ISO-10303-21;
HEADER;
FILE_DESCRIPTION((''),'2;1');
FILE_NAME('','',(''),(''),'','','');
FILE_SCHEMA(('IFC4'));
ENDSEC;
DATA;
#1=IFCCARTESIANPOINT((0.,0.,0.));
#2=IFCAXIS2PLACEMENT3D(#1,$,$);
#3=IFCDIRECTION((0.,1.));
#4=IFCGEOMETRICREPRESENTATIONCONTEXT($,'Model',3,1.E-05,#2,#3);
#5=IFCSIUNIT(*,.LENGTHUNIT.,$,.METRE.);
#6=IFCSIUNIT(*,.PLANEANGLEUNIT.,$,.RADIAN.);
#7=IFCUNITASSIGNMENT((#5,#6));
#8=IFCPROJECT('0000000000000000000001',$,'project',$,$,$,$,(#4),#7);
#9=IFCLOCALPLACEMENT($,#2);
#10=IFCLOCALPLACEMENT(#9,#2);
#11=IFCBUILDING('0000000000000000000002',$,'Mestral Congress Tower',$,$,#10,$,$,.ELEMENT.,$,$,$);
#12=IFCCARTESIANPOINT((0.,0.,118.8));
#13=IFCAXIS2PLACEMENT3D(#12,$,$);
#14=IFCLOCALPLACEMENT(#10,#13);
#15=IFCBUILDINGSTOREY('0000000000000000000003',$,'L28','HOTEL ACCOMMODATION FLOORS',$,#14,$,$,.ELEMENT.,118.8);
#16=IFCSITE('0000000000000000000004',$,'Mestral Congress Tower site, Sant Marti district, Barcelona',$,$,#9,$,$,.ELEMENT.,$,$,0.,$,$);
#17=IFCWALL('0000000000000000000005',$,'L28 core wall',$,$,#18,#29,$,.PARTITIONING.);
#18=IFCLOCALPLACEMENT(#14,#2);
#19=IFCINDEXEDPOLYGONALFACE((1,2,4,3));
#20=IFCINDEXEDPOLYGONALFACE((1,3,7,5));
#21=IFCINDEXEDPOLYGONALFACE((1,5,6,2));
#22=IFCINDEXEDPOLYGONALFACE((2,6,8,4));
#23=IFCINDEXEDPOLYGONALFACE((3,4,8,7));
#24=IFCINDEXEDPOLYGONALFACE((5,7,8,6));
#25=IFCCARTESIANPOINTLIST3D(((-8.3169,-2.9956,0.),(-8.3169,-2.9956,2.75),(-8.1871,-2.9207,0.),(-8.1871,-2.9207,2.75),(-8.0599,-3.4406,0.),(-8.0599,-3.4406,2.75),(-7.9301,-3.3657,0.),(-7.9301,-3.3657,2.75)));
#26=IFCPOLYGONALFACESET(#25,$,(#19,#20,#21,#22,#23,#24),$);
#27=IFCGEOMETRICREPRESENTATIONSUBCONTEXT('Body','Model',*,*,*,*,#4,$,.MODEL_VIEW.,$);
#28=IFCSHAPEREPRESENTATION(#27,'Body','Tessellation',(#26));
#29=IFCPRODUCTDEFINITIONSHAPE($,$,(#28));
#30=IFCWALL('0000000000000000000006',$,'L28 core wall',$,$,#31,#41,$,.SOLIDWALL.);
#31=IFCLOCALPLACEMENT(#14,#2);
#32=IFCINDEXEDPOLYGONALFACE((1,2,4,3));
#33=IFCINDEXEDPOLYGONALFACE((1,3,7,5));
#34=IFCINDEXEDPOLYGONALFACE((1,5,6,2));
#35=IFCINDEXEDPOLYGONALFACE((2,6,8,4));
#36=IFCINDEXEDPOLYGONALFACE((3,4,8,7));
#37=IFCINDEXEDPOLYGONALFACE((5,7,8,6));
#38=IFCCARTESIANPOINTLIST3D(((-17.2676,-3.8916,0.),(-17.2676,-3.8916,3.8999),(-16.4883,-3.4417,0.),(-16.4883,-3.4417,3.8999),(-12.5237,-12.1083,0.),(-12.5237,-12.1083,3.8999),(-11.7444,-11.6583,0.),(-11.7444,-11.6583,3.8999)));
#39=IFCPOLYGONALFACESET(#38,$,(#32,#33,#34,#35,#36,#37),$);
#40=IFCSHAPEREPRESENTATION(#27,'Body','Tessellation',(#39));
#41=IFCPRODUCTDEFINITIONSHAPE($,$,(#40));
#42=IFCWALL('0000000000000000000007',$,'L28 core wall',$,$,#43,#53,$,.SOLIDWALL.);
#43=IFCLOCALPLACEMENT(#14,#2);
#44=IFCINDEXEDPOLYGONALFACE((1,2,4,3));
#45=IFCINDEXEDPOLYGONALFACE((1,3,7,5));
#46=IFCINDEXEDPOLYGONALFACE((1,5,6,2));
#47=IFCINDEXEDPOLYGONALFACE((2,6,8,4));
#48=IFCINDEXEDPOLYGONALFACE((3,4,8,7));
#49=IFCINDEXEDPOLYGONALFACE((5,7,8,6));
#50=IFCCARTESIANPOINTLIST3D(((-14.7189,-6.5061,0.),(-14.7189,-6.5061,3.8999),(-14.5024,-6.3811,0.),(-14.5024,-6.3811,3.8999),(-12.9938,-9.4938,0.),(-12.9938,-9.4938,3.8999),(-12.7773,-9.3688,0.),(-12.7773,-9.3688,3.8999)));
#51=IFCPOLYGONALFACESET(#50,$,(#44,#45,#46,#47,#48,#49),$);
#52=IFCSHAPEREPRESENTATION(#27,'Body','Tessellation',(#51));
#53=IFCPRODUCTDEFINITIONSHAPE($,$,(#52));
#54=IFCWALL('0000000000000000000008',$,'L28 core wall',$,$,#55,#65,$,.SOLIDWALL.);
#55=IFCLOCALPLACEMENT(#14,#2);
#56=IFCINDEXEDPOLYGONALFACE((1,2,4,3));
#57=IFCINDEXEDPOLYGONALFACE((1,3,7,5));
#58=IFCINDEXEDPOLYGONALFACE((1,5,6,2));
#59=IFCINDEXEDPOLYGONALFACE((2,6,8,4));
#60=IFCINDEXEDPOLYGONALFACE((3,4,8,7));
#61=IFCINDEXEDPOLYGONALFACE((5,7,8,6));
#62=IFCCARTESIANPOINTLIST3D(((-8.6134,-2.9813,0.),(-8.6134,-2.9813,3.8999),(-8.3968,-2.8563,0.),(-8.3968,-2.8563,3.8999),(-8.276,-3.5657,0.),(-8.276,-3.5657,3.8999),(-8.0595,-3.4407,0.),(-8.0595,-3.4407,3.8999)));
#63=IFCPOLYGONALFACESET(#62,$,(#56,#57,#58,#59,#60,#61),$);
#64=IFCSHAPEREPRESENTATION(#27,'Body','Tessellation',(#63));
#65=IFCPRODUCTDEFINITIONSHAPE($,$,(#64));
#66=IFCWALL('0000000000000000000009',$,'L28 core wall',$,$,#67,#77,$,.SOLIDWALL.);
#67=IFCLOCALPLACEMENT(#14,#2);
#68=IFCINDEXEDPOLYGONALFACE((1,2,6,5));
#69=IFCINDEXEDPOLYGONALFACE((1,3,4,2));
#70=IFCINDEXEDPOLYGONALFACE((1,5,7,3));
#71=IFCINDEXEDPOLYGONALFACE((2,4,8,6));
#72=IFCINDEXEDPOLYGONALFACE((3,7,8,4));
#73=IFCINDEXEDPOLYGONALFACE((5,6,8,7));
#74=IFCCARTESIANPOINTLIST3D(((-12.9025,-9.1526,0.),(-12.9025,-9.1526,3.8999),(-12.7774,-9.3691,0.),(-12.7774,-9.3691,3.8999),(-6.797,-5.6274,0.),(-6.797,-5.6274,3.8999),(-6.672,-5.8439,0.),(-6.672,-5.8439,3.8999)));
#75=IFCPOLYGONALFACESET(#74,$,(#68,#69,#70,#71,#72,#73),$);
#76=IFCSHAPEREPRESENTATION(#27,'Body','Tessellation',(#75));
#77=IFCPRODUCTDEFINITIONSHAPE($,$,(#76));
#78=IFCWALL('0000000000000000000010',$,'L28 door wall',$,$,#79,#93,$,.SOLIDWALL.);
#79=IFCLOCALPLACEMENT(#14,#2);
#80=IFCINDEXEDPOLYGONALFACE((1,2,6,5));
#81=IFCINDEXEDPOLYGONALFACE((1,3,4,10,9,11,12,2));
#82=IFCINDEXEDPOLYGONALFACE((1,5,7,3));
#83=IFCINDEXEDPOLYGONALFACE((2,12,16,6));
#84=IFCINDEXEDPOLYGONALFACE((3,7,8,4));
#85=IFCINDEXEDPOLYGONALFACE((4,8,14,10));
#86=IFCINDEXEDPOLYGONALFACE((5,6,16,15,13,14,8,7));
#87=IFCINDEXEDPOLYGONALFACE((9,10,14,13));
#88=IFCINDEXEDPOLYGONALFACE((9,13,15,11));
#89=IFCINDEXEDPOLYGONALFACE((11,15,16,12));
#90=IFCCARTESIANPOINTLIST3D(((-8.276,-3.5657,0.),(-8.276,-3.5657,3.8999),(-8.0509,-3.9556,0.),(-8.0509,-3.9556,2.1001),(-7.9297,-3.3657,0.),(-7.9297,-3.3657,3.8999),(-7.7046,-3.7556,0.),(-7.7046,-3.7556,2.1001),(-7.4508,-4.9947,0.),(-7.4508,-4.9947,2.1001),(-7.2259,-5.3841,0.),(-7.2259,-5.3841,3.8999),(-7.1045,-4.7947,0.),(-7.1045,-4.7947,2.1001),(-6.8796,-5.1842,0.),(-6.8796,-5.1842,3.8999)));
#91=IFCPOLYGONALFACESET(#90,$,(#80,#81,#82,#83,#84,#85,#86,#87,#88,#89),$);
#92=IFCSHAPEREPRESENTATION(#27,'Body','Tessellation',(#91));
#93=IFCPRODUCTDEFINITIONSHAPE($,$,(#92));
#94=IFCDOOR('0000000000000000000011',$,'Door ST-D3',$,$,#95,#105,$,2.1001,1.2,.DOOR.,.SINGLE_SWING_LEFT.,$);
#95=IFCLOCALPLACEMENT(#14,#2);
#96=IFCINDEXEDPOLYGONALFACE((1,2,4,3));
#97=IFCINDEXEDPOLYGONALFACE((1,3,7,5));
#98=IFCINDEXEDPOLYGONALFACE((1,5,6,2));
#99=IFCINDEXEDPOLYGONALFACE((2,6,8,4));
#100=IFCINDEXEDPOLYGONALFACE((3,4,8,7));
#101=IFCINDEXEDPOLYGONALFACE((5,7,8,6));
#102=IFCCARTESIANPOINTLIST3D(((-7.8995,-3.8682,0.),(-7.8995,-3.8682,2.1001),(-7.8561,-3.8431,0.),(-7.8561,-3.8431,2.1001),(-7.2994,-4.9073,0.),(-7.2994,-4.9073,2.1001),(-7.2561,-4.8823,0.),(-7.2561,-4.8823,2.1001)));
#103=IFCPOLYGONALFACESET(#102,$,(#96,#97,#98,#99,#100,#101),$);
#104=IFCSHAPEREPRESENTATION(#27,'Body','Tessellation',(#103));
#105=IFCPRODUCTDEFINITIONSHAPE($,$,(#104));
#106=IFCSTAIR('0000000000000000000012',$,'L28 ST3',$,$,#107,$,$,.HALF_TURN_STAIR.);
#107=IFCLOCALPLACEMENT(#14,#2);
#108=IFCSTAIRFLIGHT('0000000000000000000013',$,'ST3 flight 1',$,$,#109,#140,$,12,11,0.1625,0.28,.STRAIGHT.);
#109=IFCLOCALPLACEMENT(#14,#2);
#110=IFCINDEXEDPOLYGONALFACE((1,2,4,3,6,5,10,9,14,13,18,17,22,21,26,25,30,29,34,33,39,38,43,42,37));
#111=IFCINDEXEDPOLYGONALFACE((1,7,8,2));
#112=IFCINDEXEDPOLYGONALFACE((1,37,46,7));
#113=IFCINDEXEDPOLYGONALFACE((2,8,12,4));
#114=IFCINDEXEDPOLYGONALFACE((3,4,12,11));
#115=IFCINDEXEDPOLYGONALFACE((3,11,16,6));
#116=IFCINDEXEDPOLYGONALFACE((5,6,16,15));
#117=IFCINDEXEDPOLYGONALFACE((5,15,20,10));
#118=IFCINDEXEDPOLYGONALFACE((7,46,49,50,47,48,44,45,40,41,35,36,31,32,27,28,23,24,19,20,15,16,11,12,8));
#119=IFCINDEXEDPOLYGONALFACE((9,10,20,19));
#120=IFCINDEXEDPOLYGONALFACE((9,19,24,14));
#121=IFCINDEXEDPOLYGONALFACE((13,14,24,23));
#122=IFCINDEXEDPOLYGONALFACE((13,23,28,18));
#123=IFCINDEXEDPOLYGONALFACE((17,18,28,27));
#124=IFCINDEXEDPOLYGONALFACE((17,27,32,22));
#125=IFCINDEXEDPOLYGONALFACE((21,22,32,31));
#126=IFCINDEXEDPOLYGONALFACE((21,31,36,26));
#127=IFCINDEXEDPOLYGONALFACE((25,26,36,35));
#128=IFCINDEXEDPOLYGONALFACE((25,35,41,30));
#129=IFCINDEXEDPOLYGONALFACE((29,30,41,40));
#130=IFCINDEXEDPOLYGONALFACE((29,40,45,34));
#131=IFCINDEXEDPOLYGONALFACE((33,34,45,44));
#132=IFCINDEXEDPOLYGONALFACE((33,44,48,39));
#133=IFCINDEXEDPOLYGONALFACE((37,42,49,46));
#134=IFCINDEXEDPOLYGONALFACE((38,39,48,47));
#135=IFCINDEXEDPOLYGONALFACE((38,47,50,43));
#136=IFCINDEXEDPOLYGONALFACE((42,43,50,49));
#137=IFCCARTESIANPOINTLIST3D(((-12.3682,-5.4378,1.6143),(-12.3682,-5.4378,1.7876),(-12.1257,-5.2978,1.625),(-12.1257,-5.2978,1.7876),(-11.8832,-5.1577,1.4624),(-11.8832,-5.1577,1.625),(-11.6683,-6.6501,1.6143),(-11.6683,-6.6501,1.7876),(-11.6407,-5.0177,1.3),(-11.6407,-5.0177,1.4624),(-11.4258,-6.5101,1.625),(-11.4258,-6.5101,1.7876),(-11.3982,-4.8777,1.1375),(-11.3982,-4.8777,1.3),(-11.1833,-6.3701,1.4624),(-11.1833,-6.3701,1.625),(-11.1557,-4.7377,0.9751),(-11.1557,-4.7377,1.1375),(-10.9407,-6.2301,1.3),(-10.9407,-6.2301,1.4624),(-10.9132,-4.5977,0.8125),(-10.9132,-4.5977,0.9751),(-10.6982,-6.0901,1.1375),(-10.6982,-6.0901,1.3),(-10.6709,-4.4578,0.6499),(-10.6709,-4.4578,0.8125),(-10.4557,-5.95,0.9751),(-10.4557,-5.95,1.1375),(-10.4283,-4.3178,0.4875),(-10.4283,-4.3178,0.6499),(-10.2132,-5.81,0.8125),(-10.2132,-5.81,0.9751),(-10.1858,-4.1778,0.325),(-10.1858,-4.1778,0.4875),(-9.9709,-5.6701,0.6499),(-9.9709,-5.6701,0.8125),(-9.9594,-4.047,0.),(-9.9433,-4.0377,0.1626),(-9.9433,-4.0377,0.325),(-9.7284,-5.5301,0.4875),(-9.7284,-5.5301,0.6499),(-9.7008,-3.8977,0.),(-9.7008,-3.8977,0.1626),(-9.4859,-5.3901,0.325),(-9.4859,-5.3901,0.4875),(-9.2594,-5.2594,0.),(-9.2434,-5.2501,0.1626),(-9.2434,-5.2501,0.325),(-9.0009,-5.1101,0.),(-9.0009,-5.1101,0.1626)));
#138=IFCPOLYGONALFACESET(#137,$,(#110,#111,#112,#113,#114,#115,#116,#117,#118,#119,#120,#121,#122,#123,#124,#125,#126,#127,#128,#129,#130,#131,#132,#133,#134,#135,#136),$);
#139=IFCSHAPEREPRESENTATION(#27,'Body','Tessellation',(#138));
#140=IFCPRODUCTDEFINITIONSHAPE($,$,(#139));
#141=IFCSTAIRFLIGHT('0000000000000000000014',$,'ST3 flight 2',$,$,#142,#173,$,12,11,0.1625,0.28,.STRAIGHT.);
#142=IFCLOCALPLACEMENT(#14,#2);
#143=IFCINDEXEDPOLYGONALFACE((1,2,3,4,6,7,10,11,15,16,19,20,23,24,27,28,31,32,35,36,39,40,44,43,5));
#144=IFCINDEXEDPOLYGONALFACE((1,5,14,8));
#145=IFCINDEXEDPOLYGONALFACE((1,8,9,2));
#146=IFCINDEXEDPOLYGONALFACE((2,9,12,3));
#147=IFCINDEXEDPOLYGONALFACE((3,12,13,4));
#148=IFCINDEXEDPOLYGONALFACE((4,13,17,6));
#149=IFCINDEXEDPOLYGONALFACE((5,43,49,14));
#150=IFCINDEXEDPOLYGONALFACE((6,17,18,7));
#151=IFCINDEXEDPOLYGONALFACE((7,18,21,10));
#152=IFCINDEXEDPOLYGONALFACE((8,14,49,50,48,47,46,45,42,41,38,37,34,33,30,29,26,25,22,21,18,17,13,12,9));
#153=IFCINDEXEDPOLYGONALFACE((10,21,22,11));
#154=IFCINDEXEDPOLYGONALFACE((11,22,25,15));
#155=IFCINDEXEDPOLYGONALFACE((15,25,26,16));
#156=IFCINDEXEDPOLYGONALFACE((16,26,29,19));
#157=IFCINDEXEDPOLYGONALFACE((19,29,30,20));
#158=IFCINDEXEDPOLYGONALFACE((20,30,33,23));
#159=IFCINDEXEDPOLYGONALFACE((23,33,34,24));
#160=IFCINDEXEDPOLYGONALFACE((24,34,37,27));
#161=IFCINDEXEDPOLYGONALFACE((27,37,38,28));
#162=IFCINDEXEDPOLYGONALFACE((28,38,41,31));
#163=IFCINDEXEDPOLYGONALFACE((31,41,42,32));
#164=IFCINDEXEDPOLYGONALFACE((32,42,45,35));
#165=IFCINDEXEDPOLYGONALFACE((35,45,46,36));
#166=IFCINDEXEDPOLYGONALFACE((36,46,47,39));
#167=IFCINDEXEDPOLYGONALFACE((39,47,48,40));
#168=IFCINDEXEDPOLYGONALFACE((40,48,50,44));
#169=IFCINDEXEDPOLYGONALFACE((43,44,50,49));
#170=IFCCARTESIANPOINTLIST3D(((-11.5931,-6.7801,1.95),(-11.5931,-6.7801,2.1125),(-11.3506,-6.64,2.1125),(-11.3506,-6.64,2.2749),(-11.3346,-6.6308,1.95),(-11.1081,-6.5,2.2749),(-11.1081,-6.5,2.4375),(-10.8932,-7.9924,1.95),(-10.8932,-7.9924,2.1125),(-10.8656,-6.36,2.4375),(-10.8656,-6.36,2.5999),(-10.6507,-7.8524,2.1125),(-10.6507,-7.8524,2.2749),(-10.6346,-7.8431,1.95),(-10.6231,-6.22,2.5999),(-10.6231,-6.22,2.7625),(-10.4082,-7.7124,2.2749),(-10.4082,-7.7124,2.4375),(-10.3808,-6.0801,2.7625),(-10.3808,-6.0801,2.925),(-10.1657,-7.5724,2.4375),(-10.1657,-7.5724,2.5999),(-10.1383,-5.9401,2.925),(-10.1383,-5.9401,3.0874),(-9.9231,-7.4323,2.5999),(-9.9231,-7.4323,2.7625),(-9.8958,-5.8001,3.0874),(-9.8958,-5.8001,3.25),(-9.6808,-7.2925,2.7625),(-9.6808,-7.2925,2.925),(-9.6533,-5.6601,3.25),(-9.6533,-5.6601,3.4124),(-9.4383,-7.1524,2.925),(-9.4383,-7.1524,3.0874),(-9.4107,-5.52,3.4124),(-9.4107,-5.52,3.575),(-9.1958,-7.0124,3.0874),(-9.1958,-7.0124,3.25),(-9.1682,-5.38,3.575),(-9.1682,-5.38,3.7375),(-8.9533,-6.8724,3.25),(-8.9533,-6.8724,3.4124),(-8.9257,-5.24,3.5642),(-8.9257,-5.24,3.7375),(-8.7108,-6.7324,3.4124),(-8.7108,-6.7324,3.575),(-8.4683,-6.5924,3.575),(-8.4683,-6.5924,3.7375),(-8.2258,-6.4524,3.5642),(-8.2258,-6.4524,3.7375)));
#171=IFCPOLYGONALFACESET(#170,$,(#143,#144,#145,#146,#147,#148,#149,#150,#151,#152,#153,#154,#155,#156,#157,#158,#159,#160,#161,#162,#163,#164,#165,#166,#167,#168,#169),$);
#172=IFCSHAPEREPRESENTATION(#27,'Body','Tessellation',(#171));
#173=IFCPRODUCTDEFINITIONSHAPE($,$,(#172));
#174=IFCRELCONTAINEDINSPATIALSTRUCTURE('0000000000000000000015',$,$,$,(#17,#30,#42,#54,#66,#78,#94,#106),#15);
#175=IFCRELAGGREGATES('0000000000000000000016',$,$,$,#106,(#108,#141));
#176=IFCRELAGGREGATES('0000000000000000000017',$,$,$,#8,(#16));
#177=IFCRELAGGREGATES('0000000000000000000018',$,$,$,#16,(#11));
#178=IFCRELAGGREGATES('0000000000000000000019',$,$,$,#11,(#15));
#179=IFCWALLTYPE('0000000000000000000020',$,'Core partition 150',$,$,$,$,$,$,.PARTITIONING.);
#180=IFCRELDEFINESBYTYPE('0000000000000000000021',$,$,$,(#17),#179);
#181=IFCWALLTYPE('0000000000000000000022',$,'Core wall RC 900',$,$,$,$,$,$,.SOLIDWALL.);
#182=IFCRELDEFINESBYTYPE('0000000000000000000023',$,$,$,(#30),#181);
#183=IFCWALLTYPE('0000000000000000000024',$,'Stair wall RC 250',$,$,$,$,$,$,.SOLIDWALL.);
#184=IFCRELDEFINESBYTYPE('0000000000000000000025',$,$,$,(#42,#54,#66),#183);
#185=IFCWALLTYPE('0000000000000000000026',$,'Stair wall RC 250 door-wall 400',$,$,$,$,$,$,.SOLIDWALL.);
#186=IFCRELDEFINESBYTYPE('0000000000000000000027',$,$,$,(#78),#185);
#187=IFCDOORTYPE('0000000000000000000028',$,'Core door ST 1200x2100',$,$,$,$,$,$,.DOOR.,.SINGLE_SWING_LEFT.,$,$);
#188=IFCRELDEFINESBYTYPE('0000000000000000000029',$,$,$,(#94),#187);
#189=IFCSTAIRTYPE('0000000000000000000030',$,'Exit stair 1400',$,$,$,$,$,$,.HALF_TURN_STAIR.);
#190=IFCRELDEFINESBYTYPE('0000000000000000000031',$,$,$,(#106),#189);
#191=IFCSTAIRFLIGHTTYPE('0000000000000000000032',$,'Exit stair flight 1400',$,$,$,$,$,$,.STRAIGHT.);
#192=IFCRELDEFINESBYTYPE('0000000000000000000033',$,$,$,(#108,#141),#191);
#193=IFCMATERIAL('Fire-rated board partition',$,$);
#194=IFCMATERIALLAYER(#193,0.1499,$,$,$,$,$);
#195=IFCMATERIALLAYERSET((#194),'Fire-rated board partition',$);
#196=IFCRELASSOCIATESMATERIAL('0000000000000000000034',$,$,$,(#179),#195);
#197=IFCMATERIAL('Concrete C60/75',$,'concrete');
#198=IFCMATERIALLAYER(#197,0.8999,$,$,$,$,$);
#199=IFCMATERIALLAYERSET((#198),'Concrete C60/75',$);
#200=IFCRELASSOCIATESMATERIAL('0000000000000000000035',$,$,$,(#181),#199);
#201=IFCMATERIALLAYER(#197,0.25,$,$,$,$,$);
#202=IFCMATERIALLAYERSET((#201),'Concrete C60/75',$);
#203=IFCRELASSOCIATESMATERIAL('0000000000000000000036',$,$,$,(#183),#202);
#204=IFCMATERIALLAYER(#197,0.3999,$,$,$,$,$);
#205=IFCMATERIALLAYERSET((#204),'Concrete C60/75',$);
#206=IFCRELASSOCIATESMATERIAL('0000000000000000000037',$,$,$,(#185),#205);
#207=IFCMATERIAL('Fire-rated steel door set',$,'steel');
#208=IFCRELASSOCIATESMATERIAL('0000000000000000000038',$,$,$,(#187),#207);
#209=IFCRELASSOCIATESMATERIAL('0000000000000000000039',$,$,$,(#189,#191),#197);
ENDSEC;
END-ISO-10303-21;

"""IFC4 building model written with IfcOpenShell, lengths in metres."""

from ifc_helpers import new_model, si_unit, direction, frame, frame_2d, origin, place, context, subcontext, project, spatial, polyline, rectangle, outline, extrude, material, layer, layer_set, type_object, element, fill, aggregate, save


model = new_model("IFC4")

# Units and contexts
model_context = context("Model", 3, precision=1e-05, world=origin(), true_north=direction((0.0, 1.0)))
body_context = subcontext(model_context, "Body", "Model", "MODEL_VIEW")
ifc_project = project(units=[si_unit("LENGTHUNIT", "METRE"), si_unit("PLANEANGLEUNIT", "RADIAN")], contexts=[model_context])

# Site, building, storey
site_placement = place(None, origin())
site = spatial("IfcSite", under=ifc_project, at=site_placement, Name="Mestral Congress Tower site, Sant Marti district, Barcelona", CompositionType="ELEMENT", RefElevation=0.0)
building_placement = place(site_placement, origin())
building = spatial("IfcBuilding", under=site, at=building_placement, Name="Mestral Congress Tower", CompositionType="ELEMENT")
storey_placement = place(building_placement, frame((0.0, 0.0, 118.8)))
storey = spatial("IfcBuildingStorey", under=building, at=storey_placement, Name="L28", Description="HOTEL ACCOMMODATION FLOORS", CompositionType="ELEMENT", Elevation=118.8)

# Walls
ifc_material_1 = material(Name="Fire-rated board partition")
ifc_layer_1 = layer(ifc_material_1, 0.1499)
ifc_layer_set_1 = layer_set([ifc_layer_1], Name="Fire-rated board partition")
wall_type_1 = type_object("IfcWallType", Name="Core partition 150", PredefinedType="PARTITIONING", material=ifc_layer_set_1)
wall_1_placement = place(storey_placement, frame((-8.252, -2.9583, 0.0), z_axis=(0.0, 0.0, 1.0), x_axis=(0.500175, -0.865925, 0.0)))
element("IfcWall", 1, at=wall_1_placement, inside=storey, type_object=wall_type_1, Name="L28 core wall", PredefinedType="PARTITIONING", context=body_context, shape_type="SweptSolid", body=[
    extrude(rectangle(XDim=0.5139, YDim=0.1499, at=frame_2d((0.2568, 0.0))), origin(), (0.0, 0.0, 1.0), 2.75),
])
ifc_material_2 = material(Name="Concrete C60/75", Category="concrete")
ifc_layer_2 = layer(ifc_material_2, 0.8999)
ifc_layer_set_2 = layer_set([ifc_layer_2], Name="Concrete C60/75")
wall_type_2 = type_object("IfcWallType", Name="Core wall RC 900", PredefinedType="SOLIDWALL", material=ifc_layer_set_2)
wall_2_placement = place(storey_placement, frame((-12.134, -11.8833, 0.0), z_axis=(0.0, 0.0, 1.0), x_axis=(-0.500005, 0.866022, 0.0)))
element("IfcWall", 2, at=wall_2_placement, inside=storey, type_object=wall_type_2, Name="L28 core wall", PredefinedType="SOLIDWALL", context=body_context, shape_type="SweptSolid", body=[
    extrude(rectangle(XDim=9.4878, YDim=0.8999, at=frame_2d((4.7439, 0.0))), origin(), (0.0, 0.0, 1.0), 3.8999),
])
ifc_layer_3 = layer(ifc_material_2, 0.25)
ifc_layer_set_3 = layer_set([ifc_layer_3], Name="Concrete C60/75")
wall_type_3 = type_object("IfcWallType", Name="Stair wall RC 250", PredefinedType="SOLIDWALL", material=ifc_layer_set_3)
wall_3_placement = place(storey_placement, frame((-12.8855, -9.4314, 0.0), z_axis=(0.0, 0.0, 1.0), x_axis=(-0.500021, 0.866014, 0.0)))
element("IfcWall", 3, at=wall_3_placement, inside=storey, type_object=wall_type_3, Name="L28 core wall", PredefinedType="SOLIDWALL", context=body_context, shape_type="SweptSolid", body=[
    extrude(rectangle(XDim=3.45, YDim=0.25, at=frame_2d((1.7251, 0.0))), origin(), (0.0, 0.0, 1.0), 3.8999),
])
wall_4_placement = place(storey_placement, frame((-8.1677, -3.5032, 0.0), z_axis=(0.0, 0.0, 1.0), x_axis=(-0.499952, 0.866053, 0.0)))
element("IfcWall", 4, at=wall_4_placement, inside=storey, type_object=wall_type_3, Name="L28 core wall", PredefinedType="SOLIDWALL", context=body_context, shape_type="SweptSolid", body=[
    extrude(rectangle(XDim=0.6748, YDim=0.25, at=frame_2d((0.3374, 0.0))), origin(), (0.0, 0.0, 1.0), 3.8999),
])
wall_5_placement = place(storey_placement, frame((-12.8398, -9.2607, 0.0), z_axis=(0.0, 0.0, 1.0), x_axis=(0.866016, 0.500016, 0.0)))
element("IfcWall", 5, at=wall_5_placement, inside=storey, type_object=wall_type_3, Name="L28 core wall", PredefinedType="SOLIDWALL", context=body_context, shape_type="SweptSolid", body=[
    extrude(rectangle(XDim=7.05, YDim=0.25, at=frame_2d((3.5249, 0.0))), origin(), (0.0, 0.0, 1.0), 3.8999),
])

# Wall, opening, door
ifc_layer_4 = layer(ifc_material_2, 0.3999)
ifc_layer_set_4 = layer_set([ifc_layer_4], Name="Concrete C60/75")
wall_type_4 = type_object("IfcWallType", Name="Stair wall RC 250 door-wall 400", PredefinedType="SOLIDWALL", material=ifc_layer_set_4)
wall_6_placement = place(storey_placement, frame((-8.1028, -3.4658, 0.0), z_axis=(0.0, 0.0, 1.0), x_axis=(0.500078, -0.86598, 0.0)))
wall_6 = element("IfcWall", 6, at=wall_6_placement, inside=storey, type_object=wall_type_4, Name="L28 door wall", PredefinedType="SOLIDWALL", context=body_context, shape_type="SweptSolid", body=[
    extrude(rectangle(XDim=2.0999, YDim=0.3999, at=frame_2d((1.0498, 0.0))), origin(), (0.0, 0.0, 1.0), 3.8999),
])
opening_placement = place(wall_6_placement, frame((0.45, 0.0, 0.0)))
opening = element("IfcOpeningElement", 7, at=opening_placement, cuts=wall_6, PredefinedType="OPENING", context=body_context, shape_type="SweptSolid", body=[
    extrude(rectangle(XDim=1.2, YDim=2.1001, at=frame_2d((0.6001, 1.05))), frame((0.0, 0.21, 0.0), z_axis=(0.0, -1.0, 0.0), x_axis=(1.0, 0.0, 0.0)), (0.0, 0.0, 1.0), 0.4199),
])
ifc_material_3 = material(Name="Fire-rated steel door set", Category="steel")
door_type = type_object("IfcDoorType", Name="Core door ST 1200x2100", OperationType="SINGLE_SWING_LEFT", PredefinedType="DOOR", material=ifc_material_3)
door_placement = place(opening_placement, origin())
door = element("IfcDoor", 8, at=door_placement, inside=storey, type_object=door_type, Name="Door ST-D3", OperationType="SINGLE_SWING_LEFT", OverallHeight=2.1001, OverallWidth=1.2, PredefinedType="DOOR", context=body_context, shape_type="SweptSolid", body=[
    extrude(rectangle(XDim=1.2, YDim=2.1001, at=frame_2d((0.6001, 1.05))), frame((0.0, 0.0249, 0.0), z_axis=(0.0, -1.0, 0.0), x_axis=(1.0, 0.0, 0.0)), (0.0, 0.0, 1.0), 0.05),
])
fill(opening, door)

# Stair, stair flights
stair_type = type_object("IfcStairType", Name="Exit stair 1400", PredefinedType="HALF_TURN_STAIR", material=ifc_material_2)
stair_placement = place(storey_placement, origin())
stair = element("IfcStair", 9, at=stair_placement, inside=storey, type_object=stair_type, Name="L28 ST3", PredefinedType="HALF_TURN_STAIR")
stair_flight_type = type_object("IfcStairFlightType", Name="Exit stair flight 1400", PredefinedType="STRAIGHT", material=ifc_material_2)
stair_flight_1_placement = place(storey_placement, frame((-9.3508, -4.5039, 0.0), z_axis=(0.0, 0.0, 1.0), x_axis=(-0.866025, -0.5, 0.0)))
stair_flight_1 = element("IfcStairFlight", 10, at=stair_flight_1_placement, type_object=stair_flight_type, Name="ST3 flight 1", NumberOfRisers=12, NumberOfTreads=11, PredefinedType="STRAIGHT", RiserHeight=0.1625, TreadLength=0.28, context=body_context, shape_type="SweptSolid", body=[
    extrude(outline(polyline([(0.0, 0.0), (0.0, 0.1626), (0.28, 0.1626), (0.28, 0.325), (0.5601, 0.325), (0.5601, 0.4875), (0.8401, 0.4875), (0.8401, 0.6499), (1.1201, 0.6499), (1.1201, 0.8125), (1.3999, 0.8125), (1.3999, 0.9751), (1.6799, 0.9751), (1.6799, 1.1375), (1.96, 1.1375), (1.96, 1.3), (2.24, 1.3), (2.24, 1.4624), (2.52, 1.4624), (2.52, 1.625), (2.8, 1.625), (2.8, 1.7876), (3.0801, 1.7876), (3.0801, 1.95), (3.0801, 1.6143), (0.2986, 0.0), (0.0, 0.0)])), frame((0.0, 0.7, 0.0), z_axis=(0.0, -1.0, 0.0), x_axis=(1.0, 0.0, 0.0)), (0.0, 0.0, 1.0), 1.3999),
])
stair_flight_2_placement = place(storey_placement, frame((-11.2432, -7.3862, 1.95), z_axis=(0.0, 0.0, 1.0), x_axis=(0.866025, 0.5, 0.0)))
stair_flight_2 = element("IfcStairFlight", 11, at=stair_flight_2_placement, type_object=stair_flight_type, Name="ST3 flight 2", NumberOfRisers=12, NumberOfTreads=11, PredefinedType="STRAIGHT", RiserHeight=0.1625, TreadLength=0.28, context=body_context, shape_type="SweptSolid", body=[
    extrude(outline(polyline([(0.0, 0.0), (0.0, 0.1626), (0.28, 0.1626), (0.28, 0.325), (0.5601, 0.325), (0.5601, 0.4875), (0.8401, 0.4875), (0.8401, 0.6499), (1.1201, 0.6499), (1.1201, 0.8125), (1.3999, 0.8125), (1.3999, 0.9751), (1.6799, 0.9751), (1.6799, 1.1375), (1.96, 1.1375), (1.96, 1.3), (2.24, 1.3), (2.24, 1.4624), (2.52, 1.4624), (2.52, 1.625), (2.8, 1.625), (2.8, 1.7876), (3.0801, 1.7876), (3.0801, 1.95), (3.0801, 1.6143), (0.2986, 0.0), (0.0, 0.0)])), frame((0.0, 0.7, 0.0), z_axis=(0.0, -1.0, 0.0), x_axis=(1.0, 0.0, 0.0)), (0.0, 0.0, 1.0), 1.3999),
])
aggregate(stair, [stair_flight_1, stair_flight_2])

save(model, "model.ifc")
